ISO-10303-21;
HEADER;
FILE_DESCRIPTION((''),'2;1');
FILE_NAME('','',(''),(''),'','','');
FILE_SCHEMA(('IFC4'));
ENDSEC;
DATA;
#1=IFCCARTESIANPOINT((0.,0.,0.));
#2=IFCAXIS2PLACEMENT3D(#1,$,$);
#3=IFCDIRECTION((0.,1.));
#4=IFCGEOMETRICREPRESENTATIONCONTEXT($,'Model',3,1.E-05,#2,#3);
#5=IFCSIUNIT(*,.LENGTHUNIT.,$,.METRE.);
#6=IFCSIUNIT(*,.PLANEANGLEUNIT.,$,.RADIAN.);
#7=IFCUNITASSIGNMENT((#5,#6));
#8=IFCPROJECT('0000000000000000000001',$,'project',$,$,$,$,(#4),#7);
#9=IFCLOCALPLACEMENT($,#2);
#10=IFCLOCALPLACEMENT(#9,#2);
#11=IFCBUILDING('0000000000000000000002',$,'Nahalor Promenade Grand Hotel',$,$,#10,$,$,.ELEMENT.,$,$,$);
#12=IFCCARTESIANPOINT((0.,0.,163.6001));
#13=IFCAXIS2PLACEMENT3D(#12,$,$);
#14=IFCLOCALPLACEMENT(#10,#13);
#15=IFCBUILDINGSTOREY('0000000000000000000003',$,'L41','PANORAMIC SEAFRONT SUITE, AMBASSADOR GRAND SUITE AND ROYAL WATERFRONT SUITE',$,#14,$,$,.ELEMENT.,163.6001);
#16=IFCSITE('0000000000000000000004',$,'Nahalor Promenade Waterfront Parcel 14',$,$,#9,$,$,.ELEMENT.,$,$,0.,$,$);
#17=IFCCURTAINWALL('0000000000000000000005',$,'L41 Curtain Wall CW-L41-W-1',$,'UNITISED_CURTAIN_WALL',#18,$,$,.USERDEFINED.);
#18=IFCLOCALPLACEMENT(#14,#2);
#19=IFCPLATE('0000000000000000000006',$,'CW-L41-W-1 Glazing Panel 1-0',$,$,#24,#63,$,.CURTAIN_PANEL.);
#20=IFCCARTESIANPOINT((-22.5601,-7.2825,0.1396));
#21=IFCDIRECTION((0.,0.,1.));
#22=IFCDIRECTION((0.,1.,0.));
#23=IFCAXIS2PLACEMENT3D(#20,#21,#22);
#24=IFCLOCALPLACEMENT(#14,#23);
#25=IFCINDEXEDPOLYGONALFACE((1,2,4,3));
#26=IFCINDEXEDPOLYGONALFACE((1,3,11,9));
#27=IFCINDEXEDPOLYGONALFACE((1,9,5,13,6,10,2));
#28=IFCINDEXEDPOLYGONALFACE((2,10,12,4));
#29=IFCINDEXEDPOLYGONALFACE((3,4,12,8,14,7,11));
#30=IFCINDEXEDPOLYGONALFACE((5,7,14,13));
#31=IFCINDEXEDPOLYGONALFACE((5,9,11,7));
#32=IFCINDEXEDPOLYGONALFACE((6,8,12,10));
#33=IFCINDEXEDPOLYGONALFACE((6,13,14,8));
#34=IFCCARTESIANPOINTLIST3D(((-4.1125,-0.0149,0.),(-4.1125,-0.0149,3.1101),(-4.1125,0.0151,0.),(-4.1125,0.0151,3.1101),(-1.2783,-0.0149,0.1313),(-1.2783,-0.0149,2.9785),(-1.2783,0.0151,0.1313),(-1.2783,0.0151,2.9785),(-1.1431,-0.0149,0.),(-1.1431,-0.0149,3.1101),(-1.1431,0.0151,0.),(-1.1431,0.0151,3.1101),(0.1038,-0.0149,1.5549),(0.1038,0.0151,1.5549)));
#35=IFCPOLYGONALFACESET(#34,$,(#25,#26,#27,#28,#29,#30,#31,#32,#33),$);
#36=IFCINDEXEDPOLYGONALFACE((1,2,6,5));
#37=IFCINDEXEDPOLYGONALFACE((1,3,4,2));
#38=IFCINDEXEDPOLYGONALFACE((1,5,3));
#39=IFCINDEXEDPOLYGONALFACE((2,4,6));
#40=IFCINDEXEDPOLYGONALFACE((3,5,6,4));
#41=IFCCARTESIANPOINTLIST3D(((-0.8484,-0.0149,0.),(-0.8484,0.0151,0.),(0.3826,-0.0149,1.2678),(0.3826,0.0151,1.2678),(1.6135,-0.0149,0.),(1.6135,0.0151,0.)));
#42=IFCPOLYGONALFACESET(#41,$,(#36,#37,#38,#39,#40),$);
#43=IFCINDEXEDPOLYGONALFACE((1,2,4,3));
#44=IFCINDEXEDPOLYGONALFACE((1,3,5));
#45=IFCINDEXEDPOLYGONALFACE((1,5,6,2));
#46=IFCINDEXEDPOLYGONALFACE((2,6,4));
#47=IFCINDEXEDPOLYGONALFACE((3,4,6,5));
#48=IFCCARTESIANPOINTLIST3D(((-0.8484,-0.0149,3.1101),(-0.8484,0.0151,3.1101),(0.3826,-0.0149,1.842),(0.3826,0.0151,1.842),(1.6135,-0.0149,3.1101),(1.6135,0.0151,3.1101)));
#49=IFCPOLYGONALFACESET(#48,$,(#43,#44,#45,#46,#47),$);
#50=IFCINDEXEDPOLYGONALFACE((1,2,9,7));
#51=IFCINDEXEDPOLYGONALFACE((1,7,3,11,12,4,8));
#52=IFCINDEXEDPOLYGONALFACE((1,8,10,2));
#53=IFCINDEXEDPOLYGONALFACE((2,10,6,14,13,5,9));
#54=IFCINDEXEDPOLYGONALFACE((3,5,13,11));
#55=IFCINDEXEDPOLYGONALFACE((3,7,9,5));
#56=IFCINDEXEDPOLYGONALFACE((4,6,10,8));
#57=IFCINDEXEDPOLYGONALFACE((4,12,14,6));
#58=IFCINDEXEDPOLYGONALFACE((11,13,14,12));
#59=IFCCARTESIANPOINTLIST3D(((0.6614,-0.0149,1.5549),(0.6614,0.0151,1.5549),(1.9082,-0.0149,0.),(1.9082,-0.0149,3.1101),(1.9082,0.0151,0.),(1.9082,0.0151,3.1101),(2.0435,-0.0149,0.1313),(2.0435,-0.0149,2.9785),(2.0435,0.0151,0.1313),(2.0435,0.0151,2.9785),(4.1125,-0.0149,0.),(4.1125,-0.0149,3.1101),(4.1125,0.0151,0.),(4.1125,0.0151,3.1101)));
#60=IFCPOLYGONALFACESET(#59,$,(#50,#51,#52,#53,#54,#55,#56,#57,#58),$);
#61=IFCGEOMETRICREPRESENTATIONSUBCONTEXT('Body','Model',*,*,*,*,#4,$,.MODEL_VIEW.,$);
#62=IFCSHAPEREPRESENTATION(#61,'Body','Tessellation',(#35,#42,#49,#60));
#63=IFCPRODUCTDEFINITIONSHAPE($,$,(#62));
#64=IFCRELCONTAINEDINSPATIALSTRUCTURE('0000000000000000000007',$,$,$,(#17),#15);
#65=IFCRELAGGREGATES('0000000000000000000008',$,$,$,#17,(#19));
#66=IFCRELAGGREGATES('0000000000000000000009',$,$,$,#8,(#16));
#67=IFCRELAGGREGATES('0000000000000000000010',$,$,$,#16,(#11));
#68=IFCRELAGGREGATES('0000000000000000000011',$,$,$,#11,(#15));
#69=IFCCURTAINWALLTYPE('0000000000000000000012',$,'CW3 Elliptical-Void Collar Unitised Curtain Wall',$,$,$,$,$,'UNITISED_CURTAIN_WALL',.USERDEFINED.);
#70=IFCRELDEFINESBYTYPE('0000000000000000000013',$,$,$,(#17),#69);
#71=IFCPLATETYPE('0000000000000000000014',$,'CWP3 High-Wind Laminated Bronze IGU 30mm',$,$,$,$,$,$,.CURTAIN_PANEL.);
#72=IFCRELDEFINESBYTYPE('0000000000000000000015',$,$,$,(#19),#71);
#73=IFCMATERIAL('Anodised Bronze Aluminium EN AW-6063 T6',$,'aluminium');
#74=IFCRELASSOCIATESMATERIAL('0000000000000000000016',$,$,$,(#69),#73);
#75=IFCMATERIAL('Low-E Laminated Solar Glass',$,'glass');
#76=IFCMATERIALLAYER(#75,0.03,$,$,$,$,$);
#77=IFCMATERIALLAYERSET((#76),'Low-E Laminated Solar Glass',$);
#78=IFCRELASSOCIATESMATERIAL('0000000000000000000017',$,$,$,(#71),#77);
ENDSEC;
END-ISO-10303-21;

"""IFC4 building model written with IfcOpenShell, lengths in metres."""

from ifc_helpers import new_model, si_unit, direction, frame, origin, place, context, subcontext, project, spatial, polyline, outline, extrude, material, layer, layer_set, type_object, element, aggregate, save


model = new_model("IFC4")

# Units and contexts
model_context = context("Model", 3, precision=1e-05, world=origin(), true_north=direction((0.0, 1.0)))
body_context = subcontext(model_context, "Body", "Model", "MODEL_VIEW")
ifc_project = project(units=[si_unit("LENGTHUNIT", "METRE"), si_unit("PLANEANGLEUNIT", "RADIAN")], contexts=[model_context])

# Site, building, storey
site_placement = place(None, origin())
site = spatial("IfcSite", under=ifc_project, at=site_placement, Name="Nahalor Promenade Waterfront Parcel 14", CompositionType="ELEMENT", RefElevation=0.0)
building_placement = place(site_placement, origin())
building = spatial("IfcBuilding", under=site, at=building_placement, Name="Nahalor Promenade Grand Hotel", CompositionType="ELEMENT")
storey_placement = place(building_placement, frame((0.0, 0.0, 163.6001)))
storey = spatial("IfcBuildingStorey", under=building, at=storey_placement, Name="L41", Description="PANORAMIC SEAFRONT SUITE, AMBASSADOR GRAND SUITE AND ROYAL WATERFRONT SUITE", CompositionType="ELEMENT", Elevation=163.6001)

# Shared definitions
ifc_material_1 = material(Name="Anodised Bronze Aluminium EN AW-6063 T6", Category="aluminium")
curtain_wall_type = type_object("IfcCurtainWallType", Name="CW3 Elliptical-Void Collar Unitised Curtain Wall", ElementType="UNITISED_CURTAIN_WALL", PredefinedType="USERDEFINED", material=ifc_material_1)

# Curtain wall
curtain_wall_1_placement = place(storey_placement, origin())
curtain_wall_1 = element("IfcCurtainWall", 1, at=curtain_wall_1_placement, inside=storey, type_object=curtain_wall_type, Name="L41 Curtain Wall CW-L41-W-1", ObjectType="UNITISED_CURTAIN_WALL", PredefinedType="USERDEFINED")

# Plate
ifc_material_2 = material(Name="Low-E Laminated Solar Glass", Category="glass")
ifc_layer_1 = layer(ifc_material_2, 0.03)
ifc_layer_set_1 = layer_set([ifc_layer_1], Name="Low-E Laminated Solar Glass")
plate_type_1 = type_object("IfcPlateType", Name="CWP3 High-Wind Laminated Bronze IGU 30mm", PredefinedType="CURTAIN_PANEL", material=ifc_layer_set_1)
plate_1_placement = place(storey_placement, frame((-22.5601, -7.2825, 0.1396), z_axis=(0.0, 0.0, 1.0), x_axis=(0.0, 1.0, 0.0)))
plate_1 = element("IfcPlate", 2, at=plate_1_placement, type_object=plate_type_1, Name="CW-L41-W-1 Glazing Panel 1-0", PredefinedType="CURTAIN_PANEL", context=body_context, shape_type="SweptSolid", body=[
    extrude(outline(polyline([(-4.1125, 3.1101), (-4.1125, 0.0), (-1.1431, 0.0), (-1.2783, 0.1313), (0.1038, 1.5549), (-1.2783, 2.9785), (-1.1431, 3.1101), (-4.1125, 3.1101)])), frame((0.0, 0.0151, 0.0), z_axis=(0.0, -1.0, 0.0), x_axis=(1.0, 0.0, 0.0)), (0.0, 0.0, 1.0), 0.03),
    extrude(outline(polyline([(0.3826, 1.2678), (-0.8484, 0.0), (1.6135, 0.0), (0.3826, 1.2678)])), frame((0.0, 0.0151, 0.0), z_axis=(0.0, -1.0, 0.0), x_axis=(1.0, 0.0, 0.0)), (0.0, 0.0, 1.0), 0.03),
    extrude(outline(polyline([(0.3826, 1.842), (1.6135, 3.1101), (-0.8484, 3.1101), (0.3826, 1.842)])), frame((0.0, 0.0151, 0.0), z_axis=(0.0, -1.0, 0.0), x_axis=(1.0, 0.0, 0.0)), (0.0, 0.0, 1.0), 0.03),
    extrude(outline(polyline([(4.1125, 0.0), (4.1125, 3.1101), (1.9082, 3.1101), (2.0435, 2.9785), (0.6614, 1.5549), (2.0435, 0.1313), (1.9082, 0.0), (4.1125, 0.0)])), frame((0.0, 0.0151, 0.0), z_axis=(0.0, -1.0, 0.0), x_axis=(1.0, 0.0, 0.0)), (0.0, 0.0, 1.0), 0.03),
])
aggregate(curtain_wall_1, [plate_1])

save(model, "model.ifc")
